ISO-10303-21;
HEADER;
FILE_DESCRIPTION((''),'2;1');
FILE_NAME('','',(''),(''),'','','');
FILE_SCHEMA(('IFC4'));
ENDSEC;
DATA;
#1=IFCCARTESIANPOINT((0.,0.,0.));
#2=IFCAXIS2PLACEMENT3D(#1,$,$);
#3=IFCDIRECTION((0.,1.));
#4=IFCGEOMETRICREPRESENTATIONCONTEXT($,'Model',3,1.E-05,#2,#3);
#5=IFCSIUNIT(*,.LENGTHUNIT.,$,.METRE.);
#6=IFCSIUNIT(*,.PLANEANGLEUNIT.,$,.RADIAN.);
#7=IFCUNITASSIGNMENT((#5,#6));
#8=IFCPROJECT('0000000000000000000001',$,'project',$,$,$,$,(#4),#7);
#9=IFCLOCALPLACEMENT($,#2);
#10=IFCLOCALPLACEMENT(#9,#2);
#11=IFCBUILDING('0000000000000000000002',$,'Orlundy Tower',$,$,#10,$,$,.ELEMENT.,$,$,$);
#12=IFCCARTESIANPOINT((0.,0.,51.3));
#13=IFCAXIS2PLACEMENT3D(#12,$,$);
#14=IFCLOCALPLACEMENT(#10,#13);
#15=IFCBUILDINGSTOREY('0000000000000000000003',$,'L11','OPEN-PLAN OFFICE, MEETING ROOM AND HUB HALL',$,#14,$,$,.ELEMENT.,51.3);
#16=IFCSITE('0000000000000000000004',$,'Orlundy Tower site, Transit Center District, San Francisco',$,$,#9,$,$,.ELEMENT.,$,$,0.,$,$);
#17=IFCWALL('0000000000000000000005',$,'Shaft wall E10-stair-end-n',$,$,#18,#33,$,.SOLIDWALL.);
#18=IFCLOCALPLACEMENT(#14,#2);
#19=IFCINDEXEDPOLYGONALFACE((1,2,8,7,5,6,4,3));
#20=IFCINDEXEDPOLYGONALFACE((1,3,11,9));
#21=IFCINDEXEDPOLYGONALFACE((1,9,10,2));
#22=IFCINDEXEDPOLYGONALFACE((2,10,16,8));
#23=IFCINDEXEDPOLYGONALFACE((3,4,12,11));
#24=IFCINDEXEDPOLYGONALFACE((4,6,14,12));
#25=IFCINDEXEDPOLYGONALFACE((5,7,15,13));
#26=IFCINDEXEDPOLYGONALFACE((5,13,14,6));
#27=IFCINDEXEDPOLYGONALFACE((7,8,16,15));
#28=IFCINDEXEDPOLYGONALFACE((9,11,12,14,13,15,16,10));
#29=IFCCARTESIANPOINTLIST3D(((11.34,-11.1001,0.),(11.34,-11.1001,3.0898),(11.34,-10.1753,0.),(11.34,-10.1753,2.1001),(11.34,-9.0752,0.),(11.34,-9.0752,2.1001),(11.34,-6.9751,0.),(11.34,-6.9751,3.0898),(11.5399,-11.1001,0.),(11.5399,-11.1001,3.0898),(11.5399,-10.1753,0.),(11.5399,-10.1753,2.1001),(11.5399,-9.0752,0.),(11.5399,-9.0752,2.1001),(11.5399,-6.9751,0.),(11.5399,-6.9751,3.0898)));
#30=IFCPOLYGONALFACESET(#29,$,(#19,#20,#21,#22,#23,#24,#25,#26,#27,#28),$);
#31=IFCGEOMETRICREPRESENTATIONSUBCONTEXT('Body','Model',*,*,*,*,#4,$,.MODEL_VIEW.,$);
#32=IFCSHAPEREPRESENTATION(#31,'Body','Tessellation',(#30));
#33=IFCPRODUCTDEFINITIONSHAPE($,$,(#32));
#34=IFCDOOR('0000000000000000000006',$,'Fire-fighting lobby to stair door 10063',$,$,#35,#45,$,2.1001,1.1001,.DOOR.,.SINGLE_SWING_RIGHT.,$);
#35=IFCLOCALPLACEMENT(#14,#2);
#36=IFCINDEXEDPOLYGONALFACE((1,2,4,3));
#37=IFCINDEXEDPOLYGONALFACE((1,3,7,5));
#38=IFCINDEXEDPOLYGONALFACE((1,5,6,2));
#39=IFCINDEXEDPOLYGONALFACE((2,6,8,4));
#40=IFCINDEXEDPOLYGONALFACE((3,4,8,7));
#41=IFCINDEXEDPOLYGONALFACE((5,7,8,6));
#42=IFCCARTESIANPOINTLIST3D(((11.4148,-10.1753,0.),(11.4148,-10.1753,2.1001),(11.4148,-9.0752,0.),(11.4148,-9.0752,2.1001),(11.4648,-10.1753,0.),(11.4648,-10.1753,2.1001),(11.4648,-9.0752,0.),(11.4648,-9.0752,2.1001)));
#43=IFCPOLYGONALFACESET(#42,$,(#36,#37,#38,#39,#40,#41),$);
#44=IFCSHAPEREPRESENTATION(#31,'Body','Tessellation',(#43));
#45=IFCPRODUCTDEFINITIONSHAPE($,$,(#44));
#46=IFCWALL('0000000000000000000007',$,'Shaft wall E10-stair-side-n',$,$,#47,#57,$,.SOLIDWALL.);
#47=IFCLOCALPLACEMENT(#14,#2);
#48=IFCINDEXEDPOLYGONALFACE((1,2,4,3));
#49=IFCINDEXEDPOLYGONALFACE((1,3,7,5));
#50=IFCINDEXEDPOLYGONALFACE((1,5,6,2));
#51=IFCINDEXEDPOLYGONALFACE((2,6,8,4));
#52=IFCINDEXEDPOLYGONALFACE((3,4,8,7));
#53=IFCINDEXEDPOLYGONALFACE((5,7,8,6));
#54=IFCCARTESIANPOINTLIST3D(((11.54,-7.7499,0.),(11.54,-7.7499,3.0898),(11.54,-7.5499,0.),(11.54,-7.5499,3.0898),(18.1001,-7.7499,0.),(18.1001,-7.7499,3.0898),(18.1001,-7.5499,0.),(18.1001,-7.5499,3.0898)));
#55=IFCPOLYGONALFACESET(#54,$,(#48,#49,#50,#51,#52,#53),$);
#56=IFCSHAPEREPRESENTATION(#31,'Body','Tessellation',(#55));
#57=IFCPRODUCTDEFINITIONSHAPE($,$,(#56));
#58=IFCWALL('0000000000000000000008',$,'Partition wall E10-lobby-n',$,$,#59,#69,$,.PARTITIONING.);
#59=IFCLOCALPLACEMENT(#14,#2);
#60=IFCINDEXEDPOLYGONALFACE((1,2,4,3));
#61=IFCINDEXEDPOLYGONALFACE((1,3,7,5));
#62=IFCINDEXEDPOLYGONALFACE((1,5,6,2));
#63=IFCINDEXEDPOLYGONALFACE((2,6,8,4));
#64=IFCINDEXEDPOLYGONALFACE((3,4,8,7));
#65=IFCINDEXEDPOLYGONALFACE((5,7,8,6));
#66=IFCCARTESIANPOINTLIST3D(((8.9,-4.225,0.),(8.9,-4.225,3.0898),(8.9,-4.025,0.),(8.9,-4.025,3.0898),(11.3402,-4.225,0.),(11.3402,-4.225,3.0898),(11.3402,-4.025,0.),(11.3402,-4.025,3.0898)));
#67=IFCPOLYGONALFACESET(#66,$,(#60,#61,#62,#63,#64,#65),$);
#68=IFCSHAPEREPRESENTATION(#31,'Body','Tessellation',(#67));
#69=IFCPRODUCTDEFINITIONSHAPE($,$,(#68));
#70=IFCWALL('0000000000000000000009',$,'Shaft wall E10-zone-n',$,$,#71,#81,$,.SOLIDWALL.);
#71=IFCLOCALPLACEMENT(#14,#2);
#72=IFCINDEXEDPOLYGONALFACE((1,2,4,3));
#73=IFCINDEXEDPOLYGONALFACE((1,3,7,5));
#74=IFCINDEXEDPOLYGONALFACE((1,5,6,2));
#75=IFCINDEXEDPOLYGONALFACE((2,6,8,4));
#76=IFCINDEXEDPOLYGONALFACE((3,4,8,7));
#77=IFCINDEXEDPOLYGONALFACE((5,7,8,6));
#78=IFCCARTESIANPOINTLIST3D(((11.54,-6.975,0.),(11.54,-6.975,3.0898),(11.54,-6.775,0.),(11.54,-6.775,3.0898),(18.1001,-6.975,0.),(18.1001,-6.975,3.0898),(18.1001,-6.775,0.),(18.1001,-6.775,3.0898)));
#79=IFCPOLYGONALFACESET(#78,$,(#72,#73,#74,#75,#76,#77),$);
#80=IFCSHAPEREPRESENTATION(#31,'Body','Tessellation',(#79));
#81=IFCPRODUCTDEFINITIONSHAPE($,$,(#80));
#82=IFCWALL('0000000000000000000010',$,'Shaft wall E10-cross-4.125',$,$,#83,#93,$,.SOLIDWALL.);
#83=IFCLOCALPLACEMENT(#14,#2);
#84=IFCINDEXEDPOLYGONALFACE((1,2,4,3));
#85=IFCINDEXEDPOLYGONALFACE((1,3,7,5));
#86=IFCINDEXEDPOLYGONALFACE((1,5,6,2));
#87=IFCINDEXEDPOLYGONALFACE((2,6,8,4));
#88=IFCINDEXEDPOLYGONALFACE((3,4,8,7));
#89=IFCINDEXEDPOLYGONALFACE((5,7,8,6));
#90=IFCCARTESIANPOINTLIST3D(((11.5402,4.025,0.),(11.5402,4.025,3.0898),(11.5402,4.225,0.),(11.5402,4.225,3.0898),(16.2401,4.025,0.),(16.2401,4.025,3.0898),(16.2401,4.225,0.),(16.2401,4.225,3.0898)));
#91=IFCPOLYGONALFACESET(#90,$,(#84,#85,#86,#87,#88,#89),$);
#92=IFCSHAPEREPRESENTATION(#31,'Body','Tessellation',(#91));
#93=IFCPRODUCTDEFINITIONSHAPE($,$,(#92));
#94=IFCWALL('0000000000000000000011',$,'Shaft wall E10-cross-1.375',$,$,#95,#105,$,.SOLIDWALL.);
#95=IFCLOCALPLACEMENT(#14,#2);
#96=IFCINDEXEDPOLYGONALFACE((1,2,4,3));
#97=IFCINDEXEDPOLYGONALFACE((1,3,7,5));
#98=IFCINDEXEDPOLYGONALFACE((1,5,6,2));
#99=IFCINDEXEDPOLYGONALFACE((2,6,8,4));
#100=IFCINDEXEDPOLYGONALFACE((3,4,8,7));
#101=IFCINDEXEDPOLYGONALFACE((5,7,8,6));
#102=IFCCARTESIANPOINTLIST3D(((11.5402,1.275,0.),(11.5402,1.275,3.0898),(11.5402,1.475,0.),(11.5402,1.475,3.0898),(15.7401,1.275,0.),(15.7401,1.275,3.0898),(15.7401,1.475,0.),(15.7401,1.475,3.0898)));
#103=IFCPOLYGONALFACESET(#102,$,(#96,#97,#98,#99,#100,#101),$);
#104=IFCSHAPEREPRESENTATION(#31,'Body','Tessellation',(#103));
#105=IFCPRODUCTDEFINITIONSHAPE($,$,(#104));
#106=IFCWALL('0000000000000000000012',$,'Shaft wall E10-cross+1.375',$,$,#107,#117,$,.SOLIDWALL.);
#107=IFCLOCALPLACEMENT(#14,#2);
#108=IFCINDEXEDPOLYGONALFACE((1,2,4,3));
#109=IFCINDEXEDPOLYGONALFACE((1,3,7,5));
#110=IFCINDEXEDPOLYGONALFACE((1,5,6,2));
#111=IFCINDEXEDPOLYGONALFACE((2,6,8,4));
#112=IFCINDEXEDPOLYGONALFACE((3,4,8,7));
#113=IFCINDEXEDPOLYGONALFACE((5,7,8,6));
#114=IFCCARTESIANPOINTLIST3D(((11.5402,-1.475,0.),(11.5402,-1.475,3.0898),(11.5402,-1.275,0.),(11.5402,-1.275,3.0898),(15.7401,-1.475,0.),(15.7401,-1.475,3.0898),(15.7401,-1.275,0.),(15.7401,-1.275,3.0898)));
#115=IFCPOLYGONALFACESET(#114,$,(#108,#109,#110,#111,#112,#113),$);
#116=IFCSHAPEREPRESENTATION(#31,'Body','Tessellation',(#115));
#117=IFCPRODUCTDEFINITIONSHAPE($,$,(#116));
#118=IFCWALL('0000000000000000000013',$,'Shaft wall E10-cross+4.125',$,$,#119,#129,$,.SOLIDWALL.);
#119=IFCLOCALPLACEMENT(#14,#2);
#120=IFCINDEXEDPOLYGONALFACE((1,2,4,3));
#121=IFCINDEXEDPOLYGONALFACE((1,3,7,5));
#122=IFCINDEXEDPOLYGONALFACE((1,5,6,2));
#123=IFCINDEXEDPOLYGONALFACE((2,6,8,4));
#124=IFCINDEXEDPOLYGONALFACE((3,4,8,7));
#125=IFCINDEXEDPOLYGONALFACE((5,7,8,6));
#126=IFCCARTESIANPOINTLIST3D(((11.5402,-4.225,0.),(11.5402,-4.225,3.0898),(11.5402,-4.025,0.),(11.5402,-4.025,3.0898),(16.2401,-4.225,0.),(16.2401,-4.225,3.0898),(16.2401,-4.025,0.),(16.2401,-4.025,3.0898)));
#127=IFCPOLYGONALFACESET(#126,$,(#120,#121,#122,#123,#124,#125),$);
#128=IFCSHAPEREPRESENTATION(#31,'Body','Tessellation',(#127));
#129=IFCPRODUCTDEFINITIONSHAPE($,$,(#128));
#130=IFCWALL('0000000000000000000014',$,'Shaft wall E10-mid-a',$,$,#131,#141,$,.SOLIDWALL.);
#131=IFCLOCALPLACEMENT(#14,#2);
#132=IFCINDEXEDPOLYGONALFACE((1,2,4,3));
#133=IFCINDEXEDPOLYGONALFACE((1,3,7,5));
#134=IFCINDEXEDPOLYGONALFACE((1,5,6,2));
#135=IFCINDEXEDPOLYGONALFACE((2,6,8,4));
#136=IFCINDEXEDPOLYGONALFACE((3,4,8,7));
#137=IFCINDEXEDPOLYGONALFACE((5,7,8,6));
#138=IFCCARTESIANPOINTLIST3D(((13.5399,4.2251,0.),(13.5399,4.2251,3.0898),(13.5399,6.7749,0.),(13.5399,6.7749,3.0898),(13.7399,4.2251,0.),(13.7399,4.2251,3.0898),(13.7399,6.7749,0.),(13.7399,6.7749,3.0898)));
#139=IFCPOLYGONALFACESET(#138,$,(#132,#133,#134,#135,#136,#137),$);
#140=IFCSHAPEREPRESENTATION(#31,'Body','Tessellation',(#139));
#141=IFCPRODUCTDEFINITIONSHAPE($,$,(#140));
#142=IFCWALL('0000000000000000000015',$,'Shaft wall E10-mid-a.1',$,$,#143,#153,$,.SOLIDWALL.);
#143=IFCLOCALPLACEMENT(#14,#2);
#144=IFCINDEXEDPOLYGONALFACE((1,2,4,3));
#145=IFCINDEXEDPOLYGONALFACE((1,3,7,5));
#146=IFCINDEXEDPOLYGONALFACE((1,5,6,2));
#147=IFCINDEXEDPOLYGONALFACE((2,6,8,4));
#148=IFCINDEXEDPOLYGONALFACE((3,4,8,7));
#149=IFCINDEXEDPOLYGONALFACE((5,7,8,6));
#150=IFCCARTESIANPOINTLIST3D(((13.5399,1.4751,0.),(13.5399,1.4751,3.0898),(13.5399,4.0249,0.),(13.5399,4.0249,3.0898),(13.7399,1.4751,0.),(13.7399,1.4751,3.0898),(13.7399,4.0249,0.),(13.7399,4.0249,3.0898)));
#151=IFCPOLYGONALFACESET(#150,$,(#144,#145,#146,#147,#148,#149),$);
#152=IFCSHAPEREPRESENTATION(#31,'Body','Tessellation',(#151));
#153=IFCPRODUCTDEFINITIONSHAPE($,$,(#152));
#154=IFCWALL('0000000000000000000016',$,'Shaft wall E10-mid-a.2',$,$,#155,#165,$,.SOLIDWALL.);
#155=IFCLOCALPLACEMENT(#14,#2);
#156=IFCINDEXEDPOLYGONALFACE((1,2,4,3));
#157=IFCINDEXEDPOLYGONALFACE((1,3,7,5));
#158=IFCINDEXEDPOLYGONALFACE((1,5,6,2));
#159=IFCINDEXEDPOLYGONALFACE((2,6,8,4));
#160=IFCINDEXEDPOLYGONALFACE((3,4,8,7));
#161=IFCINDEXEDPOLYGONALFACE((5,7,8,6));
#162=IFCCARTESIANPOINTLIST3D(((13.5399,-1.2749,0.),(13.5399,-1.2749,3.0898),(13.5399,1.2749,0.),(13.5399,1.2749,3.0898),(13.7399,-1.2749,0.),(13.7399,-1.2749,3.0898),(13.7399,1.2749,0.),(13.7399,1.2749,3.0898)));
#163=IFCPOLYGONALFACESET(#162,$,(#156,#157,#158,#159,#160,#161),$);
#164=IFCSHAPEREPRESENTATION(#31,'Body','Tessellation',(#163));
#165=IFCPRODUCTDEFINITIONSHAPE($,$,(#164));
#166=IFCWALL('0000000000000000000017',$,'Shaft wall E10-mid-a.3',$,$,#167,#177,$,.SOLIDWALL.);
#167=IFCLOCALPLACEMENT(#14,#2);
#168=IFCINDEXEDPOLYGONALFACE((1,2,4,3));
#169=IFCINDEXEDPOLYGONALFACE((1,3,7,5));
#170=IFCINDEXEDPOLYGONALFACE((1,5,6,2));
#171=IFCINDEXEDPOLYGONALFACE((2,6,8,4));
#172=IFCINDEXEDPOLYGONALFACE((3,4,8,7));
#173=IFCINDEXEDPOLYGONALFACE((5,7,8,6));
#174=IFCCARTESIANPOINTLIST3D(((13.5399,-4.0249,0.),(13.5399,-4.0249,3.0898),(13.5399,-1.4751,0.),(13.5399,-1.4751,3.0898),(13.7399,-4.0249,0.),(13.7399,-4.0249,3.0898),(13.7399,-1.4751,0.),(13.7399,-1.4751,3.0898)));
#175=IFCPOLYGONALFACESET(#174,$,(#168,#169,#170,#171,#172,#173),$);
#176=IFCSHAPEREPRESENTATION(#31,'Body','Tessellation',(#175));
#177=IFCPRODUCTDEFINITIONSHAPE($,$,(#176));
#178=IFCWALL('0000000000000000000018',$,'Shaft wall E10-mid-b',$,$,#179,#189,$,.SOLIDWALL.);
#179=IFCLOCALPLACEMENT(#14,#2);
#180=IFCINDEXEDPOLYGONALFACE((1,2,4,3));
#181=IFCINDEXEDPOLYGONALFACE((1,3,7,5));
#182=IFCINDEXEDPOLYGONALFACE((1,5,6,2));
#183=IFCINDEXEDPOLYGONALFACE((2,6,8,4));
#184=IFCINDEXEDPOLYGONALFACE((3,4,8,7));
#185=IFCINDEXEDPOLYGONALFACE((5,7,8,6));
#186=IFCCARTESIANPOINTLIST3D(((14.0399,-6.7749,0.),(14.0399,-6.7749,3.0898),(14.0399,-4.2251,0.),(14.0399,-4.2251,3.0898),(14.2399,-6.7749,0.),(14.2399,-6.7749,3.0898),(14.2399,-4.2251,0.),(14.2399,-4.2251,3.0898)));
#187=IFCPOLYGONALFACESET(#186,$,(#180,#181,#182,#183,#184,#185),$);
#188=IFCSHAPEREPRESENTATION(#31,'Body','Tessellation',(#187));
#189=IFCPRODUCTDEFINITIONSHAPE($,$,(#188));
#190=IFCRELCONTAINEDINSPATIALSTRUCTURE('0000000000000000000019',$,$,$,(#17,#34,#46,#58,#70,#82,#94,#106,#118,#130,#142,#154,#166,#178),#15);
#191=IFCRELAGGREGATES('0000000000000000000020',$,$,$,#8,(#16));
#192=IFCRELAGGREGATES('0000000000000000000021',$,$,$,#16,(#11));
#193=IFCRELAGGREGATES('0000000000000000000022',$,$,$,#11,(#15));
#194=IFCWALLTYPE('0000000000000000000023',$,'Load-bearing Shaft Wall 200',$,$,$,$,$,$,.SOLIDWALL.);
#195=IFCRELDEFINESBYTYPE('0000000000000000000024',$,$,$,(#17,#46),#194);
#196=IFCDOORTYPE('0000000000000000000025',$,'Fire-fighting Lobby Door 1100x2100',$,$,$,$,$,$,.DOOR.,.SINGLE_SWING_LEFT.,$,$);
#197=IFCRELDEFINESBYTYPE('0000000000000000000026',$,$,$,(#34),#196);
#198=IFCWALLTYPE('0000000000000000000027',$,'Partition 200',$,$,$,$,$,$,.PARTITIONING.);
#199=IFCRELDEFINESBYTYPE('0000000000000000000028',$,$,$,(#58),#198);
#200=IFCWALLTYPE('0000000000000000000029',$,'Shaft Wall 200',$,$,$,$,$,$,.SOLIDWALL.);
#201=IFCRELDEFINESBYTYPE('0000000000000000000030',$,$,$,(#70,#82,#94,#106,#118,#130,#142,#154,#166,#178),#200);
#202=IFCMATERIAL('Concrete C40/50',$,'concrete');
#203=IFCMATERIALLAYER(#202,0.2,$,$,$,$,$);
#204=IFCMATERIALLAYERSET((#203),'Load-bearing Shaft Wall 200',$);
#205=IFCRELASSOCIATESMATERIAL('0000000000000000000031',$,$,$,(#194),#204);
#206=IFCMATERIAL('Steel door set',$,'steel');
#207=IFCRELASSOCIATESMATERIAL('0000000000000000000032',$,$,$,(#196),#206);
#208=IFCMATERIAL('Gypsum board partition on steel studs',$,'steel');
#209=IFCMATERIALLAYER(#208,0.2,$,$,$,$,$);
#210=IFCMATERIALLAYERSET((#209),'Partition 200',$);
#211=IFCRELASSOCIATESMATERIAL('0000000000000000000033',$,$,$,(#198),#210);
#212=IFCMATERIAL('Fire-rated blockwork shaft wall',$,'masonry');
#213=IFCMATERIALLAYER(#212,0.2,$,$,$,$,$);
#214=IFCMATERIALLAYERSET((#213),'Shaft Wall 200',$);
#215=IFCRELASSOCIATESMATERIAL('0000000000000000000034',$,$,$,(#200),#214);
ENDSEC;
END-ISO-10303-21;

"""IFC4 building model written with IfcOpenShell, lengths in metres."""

from ifc_helpers import new_model, si_unit, direction, frame, frame_2d, origin, place, context, subcontext, project, spatial, rectangle, extrude, material, layer, layer_set, type_object, element, fill, save


model = new_model("IFC4")

# Units and contexts
model_context = context("Model", 3, precision=1e-05, world=origin(), true_north=direction((0.0, 1.0)))
body_context = subcontext(model_context, "Body", "Model", "MODEL_VIEW")
ifc_project = project(units=[si_unit("LENGTHUNIT", "METRE"), si_unit("PLANEANGLEUNIT", "RADIAN")], contexts=[model_context])

# Site, building, storey
site_placement = place(None, origin())
site = spatial("IfcSite", under=ifc_project, at=site_placement, Name="Orlundy Tower site, Transit Center District, San Francisco", CompositionType="ELEMENT", RefElevation=0.0)
building_placement = place(site_placement, origin())
building = spatial("IfcBuilding", under=site, at=building_placement, Name="Orlundy Tower", CompositionType="ELEMENT")
storey_placement = place(building_placement, frame((0.0, 0.0, 51.3)))
storey = spatial("IfcBuildingStorey", under=building, at=storey_placement, Name="L11", Description="OPEN-PLAN OFFICE, MEETING ROOM AND HUB HALL", CompositionType="ELEMENT", Elevation=51.3)

# Wall, opening, door
ifc_material_1 = material(Name="Concrete C40/50", Category="concrete")
ifc_layer_1 = layer(ifc_material_1, 0.2)
ifc_layer_set_1 = layer_set([ifc_layer_1], Name="Load-bearing Shaft Wall 200")
wall_type_1 = type_object("IfcWallType", Name="Load-bearing Shaft Wall 200", PredefinedType="SOLIDWALL", material=ifc_layer_set_1)
wall_1_placement = place(storey_placement, frame((11.4399, -6.9751, 0.0), z_axis=(0.0, 0.0, 1.0), x_axis=(0.0, -1.0, 0.0)))
wall_1 = element("IfcWall", 1, at=wall_1_placement, inside=storey, type_object=wall_type_1, Name="Shaft wall E10-stair-end-n", PredefinedType="SOLIDWALL", context=body_context, shape_type="SweptSolid", body=[
    extrude(rectangle(XDim=4.125, YDim=0.2, at=frame_2d((2.0625, 0.0))), origin(), (0.0, 0.0, 1.0), 3.0898),
])
opening_1_placement = place(wall_1_placement, frame((2.1001, 0.0, 0.0)))
opening_1 = element("IfcOpeningElement", 2, at=opening_1_placement, cuts=wall_1, PredefinedType="OPENING", context=body_context, shape_type="SweptSolid", body=[
    extrude(rectangle(XDim=1.1001, YDim=2.1001, at=frame_2d((0.55, 1.05))), frame((0.0, 0.1101, 0.0), z_axis=(0.0, -1.0, 0.0), x_axis=(1.0, 0.0, 0.0)), (0.0, 0.0, 1.0), 0.2202),
])
ifc_material_2 = material(Name="Steel door set", Category="steel")
door_type_1 = type_object("IfcDoorType", Name="Fire-fighting Lobby Door 1100x2100", OperationType="SINGLE_SWING_LEFT", PredefinedType="DOOR", material=ifc_material_2)
door_1_placement = place(opening_1_placement, origin())
door_1 = element("IfcDoor", 3, at=door_1_placement, inside=storey, type_object=door_type_1, Name="Fire-fighting lobby to stair door 10063", OperationType="SINGLE_SWING_RIGHT", OverallHeight=2.1001, OverallWidth=1.1001, PredefinedType="DOOR", context=body_context, shape_type="SweptSolid", body=[
    extrude(rectangle(XDim=1.1001, YDim=2.1001, at=frame_2d((0.55, 1.05))), frame((0.0, 0.0249, 0.0), z_axis=(0.0, -1.0, 0.0), x_axis=(1.0, 0.0, 0.0)), (0.0, 0.0, 1.0), 0.05),
])
fill(opening_1, door_1)

# Walls
wall_2_placement = place(storey_placement, frame((11.54, -7.6499, 0.0), z_axis=(0.0, 0.0, 1.0), x_axis=(1.0, 0.0, 0.0)))
element("IfcWall", 4, at=wall_2_placement, inside=storey, type_object=wall_type_1, Name="Shaft wall E10-stair-side-n", PredefinedType="SOLIDWALL", context=body_context, shape_type="SweptSolid", body=[
    extrude(rectangle(XDim=6.5601, YDim=0.2, at=frame_2d((3.28, 0.0))), origin(), (0.0, 0.0, 1.0), 3.0898),
])
ifc_material_3 = material(Name="Gypsum board partition on steel studs", Category="steel")
ifc_layer_2 = layer(ifc_material_3, 0.2)
ifc_layer_set_2 = layer_set([ifc_layer_2], Name="Partition 200")
wall_type_2 = type_object("IfcWallType", Name="Partition 200", PredefinedType="PARTITIONING", material=ifc_layer_set_2)
wall_3_placement = place(storey_placement, frame((8.8999, -4.125, 0.0), z_axis=(0.0, 0.0, 1.0), x_axis=(1.0, 0.0, 0.0)))
element("IfcWall", 5, at=wall_3_placement, inside=storey, type_object=wall_type_2, Name="Partition wall E10-lobby-n", PredefinedType="PARTITIONING", context=body_context, shape_type="SweptSolid", body=[
    extrude(rectangle(XDim=2.4402, YDim=0.2, at=frame_2d((1.2202, 0.0))), origin(), (0.0, 0.0, 1.0), 3.0898),
])
ifc_material_4 = material(Name="Fire-rated blockwork shaft wall", Category="masonry")
ifc_layer_3 = layer(ifc_material_4, 0.2)
ifc_layer_set_3 = layer_set([ifc_layer_3], Name="Shaft Wall 200")
wall_type_3 = type_object("IfcWallType", Name="Shaft Wall 200", PredefinedType="SOLIDWALL", material=ifc_layer_set_3)
wall_4_placement = place(storey_placement, frame((11.54, -6.875, 0.0), z_axis=(0.0, 0.0, 1.0), x_axis=(1.0, 0.0, 0.0)))
element("IfcWall", 6, at=wall_4_placement, inside=storey, type_object=wall_type_3, Name="Shaft wall E10-zone-n", PredefinedType="SOLIDWALL", context=body_context, shape_type="SweptSolid", body=[
    extrude(rectangle(XDim=6.5601, YDim=0.2, at=frame_2d((3.28, 0.0))), origin(), (0.0, 0.0, 1.0), 3.0898),
])
wall_5_placement = place(storey_placement, frame((11.54, 4.125, 0.0), z_axis=(0.0, 0.0, 1.0), x_axis=(1.0, 0.0, 0.0)))
element("IfcWall", 7, at=wall_5_placement, inside=storey, type_object=wall_type_3, Name="Shaft wall E10-cross-4.125", PredefinedType="SOLIDWALL", context=body_context, shape_type="SweptSolid", body=[
    extrude(rectangle(XDim=4.7, YDim=0.2, at=frame_2d((2.3501, 0.0))), origin(), (0.0, 0.0, 1.0), 3.0898),
])
for number, where, z_axis, x_axis, name in (
    (8, (11.54, 1.375, 0.0), (0.0, 0.0, 1.0), (1.0, 0.0, 0.0), "Shaft wall E10-cross-1.375"),
    (9, (11.54, -1.375, 0.0), (0.0, 0.0, 1.0), (1.0, 0.0, 0.0), "Shaft wall E10-cross+1.375"),
):
    element("IfcWall", number, at=place(storey_placement, frame(where, z_axis=z_axis, x_axis=x_axis)), inside=storey, type_object=wall_type_3, Name=name, PredefinedType="SOLIDWALL", context=body_context, shape_type="SweptSolid", body=[
        extrude(rectangle(XDim=4.2, YDim=0.2, at=frame_2d((2.1001, 0.0))), origin(), (0.0, 0.0, 1.0), 3.0898),
    ])
wall_6_placement = place(storey_placement, frame((11.54, -4.125, 0.0), z_axis=(0.0, 0.0, 1.0), x_axis=(1.0, 0.0, 0.0)))
element("IfcWall", 10, at=wall_6_placement, inside=storey, type_object=wall_type_3, Name="Shaft wall E10-cross+4.125", PredefinedType="SOLIDWALL", context=body_context, shape_type="SweptSolid", body=[
    extrude(rectangle(XDim=4.7, YDim=0.2, at=frame_2d((2.3501, 0.0))), origin(), (0.0, 0.0, 1.0), 3.0898),
])
for number, where, z_axis, x_axis, name in (
    (11, (13.6399, 6.7749, 0.0), (0.0, 0.0, 1.0), (0.0, -1.0, 0.0), "Shaft wall E10-mid-a"),
    (12, (13.6399, 4.0249, 0.0), (0.0, 0.0, 1.0), (0.0, -1.0, 0.0), "Shaft wall E10-mid-a.1"),
    (13, (13.6399, 1.2749, 0.0), (0.0, 0.0, 1.0), (0.0, -1.0, 0.0), "Shaft wall E10-mid-a.2"),
    (14, (13.6399, -1.4751, 0.0), (0.0, 0.0, 1.0), (0.0, -1.0, 0.0), "Shaft wall E10-mid-a.3"),
    (15, (14.1399, -4.2251, 0.0), (0.0, 0.0, 1.0), (0.0, -1.0, 0.0), "Shaft wall E10-mid-b"),
):
    element("IfcWall", number, at=place(storey_placement, frame(where, z_axis=z_axis, x_axis=x_axis)), inside=storey, type_object=wall_type_3, Name=name, PredefinedType="SOLIDWALL", context=body_context, shape_type="SweptSolid", body=[
        extrude(rectangle(XDim=2.5498, YDim=0.2, at=frame_2d((1.2749, 0.0))), origin(), (0.0, 0.0, 1.0), 3.0898),
    ])

save(model, "model.ifc")
